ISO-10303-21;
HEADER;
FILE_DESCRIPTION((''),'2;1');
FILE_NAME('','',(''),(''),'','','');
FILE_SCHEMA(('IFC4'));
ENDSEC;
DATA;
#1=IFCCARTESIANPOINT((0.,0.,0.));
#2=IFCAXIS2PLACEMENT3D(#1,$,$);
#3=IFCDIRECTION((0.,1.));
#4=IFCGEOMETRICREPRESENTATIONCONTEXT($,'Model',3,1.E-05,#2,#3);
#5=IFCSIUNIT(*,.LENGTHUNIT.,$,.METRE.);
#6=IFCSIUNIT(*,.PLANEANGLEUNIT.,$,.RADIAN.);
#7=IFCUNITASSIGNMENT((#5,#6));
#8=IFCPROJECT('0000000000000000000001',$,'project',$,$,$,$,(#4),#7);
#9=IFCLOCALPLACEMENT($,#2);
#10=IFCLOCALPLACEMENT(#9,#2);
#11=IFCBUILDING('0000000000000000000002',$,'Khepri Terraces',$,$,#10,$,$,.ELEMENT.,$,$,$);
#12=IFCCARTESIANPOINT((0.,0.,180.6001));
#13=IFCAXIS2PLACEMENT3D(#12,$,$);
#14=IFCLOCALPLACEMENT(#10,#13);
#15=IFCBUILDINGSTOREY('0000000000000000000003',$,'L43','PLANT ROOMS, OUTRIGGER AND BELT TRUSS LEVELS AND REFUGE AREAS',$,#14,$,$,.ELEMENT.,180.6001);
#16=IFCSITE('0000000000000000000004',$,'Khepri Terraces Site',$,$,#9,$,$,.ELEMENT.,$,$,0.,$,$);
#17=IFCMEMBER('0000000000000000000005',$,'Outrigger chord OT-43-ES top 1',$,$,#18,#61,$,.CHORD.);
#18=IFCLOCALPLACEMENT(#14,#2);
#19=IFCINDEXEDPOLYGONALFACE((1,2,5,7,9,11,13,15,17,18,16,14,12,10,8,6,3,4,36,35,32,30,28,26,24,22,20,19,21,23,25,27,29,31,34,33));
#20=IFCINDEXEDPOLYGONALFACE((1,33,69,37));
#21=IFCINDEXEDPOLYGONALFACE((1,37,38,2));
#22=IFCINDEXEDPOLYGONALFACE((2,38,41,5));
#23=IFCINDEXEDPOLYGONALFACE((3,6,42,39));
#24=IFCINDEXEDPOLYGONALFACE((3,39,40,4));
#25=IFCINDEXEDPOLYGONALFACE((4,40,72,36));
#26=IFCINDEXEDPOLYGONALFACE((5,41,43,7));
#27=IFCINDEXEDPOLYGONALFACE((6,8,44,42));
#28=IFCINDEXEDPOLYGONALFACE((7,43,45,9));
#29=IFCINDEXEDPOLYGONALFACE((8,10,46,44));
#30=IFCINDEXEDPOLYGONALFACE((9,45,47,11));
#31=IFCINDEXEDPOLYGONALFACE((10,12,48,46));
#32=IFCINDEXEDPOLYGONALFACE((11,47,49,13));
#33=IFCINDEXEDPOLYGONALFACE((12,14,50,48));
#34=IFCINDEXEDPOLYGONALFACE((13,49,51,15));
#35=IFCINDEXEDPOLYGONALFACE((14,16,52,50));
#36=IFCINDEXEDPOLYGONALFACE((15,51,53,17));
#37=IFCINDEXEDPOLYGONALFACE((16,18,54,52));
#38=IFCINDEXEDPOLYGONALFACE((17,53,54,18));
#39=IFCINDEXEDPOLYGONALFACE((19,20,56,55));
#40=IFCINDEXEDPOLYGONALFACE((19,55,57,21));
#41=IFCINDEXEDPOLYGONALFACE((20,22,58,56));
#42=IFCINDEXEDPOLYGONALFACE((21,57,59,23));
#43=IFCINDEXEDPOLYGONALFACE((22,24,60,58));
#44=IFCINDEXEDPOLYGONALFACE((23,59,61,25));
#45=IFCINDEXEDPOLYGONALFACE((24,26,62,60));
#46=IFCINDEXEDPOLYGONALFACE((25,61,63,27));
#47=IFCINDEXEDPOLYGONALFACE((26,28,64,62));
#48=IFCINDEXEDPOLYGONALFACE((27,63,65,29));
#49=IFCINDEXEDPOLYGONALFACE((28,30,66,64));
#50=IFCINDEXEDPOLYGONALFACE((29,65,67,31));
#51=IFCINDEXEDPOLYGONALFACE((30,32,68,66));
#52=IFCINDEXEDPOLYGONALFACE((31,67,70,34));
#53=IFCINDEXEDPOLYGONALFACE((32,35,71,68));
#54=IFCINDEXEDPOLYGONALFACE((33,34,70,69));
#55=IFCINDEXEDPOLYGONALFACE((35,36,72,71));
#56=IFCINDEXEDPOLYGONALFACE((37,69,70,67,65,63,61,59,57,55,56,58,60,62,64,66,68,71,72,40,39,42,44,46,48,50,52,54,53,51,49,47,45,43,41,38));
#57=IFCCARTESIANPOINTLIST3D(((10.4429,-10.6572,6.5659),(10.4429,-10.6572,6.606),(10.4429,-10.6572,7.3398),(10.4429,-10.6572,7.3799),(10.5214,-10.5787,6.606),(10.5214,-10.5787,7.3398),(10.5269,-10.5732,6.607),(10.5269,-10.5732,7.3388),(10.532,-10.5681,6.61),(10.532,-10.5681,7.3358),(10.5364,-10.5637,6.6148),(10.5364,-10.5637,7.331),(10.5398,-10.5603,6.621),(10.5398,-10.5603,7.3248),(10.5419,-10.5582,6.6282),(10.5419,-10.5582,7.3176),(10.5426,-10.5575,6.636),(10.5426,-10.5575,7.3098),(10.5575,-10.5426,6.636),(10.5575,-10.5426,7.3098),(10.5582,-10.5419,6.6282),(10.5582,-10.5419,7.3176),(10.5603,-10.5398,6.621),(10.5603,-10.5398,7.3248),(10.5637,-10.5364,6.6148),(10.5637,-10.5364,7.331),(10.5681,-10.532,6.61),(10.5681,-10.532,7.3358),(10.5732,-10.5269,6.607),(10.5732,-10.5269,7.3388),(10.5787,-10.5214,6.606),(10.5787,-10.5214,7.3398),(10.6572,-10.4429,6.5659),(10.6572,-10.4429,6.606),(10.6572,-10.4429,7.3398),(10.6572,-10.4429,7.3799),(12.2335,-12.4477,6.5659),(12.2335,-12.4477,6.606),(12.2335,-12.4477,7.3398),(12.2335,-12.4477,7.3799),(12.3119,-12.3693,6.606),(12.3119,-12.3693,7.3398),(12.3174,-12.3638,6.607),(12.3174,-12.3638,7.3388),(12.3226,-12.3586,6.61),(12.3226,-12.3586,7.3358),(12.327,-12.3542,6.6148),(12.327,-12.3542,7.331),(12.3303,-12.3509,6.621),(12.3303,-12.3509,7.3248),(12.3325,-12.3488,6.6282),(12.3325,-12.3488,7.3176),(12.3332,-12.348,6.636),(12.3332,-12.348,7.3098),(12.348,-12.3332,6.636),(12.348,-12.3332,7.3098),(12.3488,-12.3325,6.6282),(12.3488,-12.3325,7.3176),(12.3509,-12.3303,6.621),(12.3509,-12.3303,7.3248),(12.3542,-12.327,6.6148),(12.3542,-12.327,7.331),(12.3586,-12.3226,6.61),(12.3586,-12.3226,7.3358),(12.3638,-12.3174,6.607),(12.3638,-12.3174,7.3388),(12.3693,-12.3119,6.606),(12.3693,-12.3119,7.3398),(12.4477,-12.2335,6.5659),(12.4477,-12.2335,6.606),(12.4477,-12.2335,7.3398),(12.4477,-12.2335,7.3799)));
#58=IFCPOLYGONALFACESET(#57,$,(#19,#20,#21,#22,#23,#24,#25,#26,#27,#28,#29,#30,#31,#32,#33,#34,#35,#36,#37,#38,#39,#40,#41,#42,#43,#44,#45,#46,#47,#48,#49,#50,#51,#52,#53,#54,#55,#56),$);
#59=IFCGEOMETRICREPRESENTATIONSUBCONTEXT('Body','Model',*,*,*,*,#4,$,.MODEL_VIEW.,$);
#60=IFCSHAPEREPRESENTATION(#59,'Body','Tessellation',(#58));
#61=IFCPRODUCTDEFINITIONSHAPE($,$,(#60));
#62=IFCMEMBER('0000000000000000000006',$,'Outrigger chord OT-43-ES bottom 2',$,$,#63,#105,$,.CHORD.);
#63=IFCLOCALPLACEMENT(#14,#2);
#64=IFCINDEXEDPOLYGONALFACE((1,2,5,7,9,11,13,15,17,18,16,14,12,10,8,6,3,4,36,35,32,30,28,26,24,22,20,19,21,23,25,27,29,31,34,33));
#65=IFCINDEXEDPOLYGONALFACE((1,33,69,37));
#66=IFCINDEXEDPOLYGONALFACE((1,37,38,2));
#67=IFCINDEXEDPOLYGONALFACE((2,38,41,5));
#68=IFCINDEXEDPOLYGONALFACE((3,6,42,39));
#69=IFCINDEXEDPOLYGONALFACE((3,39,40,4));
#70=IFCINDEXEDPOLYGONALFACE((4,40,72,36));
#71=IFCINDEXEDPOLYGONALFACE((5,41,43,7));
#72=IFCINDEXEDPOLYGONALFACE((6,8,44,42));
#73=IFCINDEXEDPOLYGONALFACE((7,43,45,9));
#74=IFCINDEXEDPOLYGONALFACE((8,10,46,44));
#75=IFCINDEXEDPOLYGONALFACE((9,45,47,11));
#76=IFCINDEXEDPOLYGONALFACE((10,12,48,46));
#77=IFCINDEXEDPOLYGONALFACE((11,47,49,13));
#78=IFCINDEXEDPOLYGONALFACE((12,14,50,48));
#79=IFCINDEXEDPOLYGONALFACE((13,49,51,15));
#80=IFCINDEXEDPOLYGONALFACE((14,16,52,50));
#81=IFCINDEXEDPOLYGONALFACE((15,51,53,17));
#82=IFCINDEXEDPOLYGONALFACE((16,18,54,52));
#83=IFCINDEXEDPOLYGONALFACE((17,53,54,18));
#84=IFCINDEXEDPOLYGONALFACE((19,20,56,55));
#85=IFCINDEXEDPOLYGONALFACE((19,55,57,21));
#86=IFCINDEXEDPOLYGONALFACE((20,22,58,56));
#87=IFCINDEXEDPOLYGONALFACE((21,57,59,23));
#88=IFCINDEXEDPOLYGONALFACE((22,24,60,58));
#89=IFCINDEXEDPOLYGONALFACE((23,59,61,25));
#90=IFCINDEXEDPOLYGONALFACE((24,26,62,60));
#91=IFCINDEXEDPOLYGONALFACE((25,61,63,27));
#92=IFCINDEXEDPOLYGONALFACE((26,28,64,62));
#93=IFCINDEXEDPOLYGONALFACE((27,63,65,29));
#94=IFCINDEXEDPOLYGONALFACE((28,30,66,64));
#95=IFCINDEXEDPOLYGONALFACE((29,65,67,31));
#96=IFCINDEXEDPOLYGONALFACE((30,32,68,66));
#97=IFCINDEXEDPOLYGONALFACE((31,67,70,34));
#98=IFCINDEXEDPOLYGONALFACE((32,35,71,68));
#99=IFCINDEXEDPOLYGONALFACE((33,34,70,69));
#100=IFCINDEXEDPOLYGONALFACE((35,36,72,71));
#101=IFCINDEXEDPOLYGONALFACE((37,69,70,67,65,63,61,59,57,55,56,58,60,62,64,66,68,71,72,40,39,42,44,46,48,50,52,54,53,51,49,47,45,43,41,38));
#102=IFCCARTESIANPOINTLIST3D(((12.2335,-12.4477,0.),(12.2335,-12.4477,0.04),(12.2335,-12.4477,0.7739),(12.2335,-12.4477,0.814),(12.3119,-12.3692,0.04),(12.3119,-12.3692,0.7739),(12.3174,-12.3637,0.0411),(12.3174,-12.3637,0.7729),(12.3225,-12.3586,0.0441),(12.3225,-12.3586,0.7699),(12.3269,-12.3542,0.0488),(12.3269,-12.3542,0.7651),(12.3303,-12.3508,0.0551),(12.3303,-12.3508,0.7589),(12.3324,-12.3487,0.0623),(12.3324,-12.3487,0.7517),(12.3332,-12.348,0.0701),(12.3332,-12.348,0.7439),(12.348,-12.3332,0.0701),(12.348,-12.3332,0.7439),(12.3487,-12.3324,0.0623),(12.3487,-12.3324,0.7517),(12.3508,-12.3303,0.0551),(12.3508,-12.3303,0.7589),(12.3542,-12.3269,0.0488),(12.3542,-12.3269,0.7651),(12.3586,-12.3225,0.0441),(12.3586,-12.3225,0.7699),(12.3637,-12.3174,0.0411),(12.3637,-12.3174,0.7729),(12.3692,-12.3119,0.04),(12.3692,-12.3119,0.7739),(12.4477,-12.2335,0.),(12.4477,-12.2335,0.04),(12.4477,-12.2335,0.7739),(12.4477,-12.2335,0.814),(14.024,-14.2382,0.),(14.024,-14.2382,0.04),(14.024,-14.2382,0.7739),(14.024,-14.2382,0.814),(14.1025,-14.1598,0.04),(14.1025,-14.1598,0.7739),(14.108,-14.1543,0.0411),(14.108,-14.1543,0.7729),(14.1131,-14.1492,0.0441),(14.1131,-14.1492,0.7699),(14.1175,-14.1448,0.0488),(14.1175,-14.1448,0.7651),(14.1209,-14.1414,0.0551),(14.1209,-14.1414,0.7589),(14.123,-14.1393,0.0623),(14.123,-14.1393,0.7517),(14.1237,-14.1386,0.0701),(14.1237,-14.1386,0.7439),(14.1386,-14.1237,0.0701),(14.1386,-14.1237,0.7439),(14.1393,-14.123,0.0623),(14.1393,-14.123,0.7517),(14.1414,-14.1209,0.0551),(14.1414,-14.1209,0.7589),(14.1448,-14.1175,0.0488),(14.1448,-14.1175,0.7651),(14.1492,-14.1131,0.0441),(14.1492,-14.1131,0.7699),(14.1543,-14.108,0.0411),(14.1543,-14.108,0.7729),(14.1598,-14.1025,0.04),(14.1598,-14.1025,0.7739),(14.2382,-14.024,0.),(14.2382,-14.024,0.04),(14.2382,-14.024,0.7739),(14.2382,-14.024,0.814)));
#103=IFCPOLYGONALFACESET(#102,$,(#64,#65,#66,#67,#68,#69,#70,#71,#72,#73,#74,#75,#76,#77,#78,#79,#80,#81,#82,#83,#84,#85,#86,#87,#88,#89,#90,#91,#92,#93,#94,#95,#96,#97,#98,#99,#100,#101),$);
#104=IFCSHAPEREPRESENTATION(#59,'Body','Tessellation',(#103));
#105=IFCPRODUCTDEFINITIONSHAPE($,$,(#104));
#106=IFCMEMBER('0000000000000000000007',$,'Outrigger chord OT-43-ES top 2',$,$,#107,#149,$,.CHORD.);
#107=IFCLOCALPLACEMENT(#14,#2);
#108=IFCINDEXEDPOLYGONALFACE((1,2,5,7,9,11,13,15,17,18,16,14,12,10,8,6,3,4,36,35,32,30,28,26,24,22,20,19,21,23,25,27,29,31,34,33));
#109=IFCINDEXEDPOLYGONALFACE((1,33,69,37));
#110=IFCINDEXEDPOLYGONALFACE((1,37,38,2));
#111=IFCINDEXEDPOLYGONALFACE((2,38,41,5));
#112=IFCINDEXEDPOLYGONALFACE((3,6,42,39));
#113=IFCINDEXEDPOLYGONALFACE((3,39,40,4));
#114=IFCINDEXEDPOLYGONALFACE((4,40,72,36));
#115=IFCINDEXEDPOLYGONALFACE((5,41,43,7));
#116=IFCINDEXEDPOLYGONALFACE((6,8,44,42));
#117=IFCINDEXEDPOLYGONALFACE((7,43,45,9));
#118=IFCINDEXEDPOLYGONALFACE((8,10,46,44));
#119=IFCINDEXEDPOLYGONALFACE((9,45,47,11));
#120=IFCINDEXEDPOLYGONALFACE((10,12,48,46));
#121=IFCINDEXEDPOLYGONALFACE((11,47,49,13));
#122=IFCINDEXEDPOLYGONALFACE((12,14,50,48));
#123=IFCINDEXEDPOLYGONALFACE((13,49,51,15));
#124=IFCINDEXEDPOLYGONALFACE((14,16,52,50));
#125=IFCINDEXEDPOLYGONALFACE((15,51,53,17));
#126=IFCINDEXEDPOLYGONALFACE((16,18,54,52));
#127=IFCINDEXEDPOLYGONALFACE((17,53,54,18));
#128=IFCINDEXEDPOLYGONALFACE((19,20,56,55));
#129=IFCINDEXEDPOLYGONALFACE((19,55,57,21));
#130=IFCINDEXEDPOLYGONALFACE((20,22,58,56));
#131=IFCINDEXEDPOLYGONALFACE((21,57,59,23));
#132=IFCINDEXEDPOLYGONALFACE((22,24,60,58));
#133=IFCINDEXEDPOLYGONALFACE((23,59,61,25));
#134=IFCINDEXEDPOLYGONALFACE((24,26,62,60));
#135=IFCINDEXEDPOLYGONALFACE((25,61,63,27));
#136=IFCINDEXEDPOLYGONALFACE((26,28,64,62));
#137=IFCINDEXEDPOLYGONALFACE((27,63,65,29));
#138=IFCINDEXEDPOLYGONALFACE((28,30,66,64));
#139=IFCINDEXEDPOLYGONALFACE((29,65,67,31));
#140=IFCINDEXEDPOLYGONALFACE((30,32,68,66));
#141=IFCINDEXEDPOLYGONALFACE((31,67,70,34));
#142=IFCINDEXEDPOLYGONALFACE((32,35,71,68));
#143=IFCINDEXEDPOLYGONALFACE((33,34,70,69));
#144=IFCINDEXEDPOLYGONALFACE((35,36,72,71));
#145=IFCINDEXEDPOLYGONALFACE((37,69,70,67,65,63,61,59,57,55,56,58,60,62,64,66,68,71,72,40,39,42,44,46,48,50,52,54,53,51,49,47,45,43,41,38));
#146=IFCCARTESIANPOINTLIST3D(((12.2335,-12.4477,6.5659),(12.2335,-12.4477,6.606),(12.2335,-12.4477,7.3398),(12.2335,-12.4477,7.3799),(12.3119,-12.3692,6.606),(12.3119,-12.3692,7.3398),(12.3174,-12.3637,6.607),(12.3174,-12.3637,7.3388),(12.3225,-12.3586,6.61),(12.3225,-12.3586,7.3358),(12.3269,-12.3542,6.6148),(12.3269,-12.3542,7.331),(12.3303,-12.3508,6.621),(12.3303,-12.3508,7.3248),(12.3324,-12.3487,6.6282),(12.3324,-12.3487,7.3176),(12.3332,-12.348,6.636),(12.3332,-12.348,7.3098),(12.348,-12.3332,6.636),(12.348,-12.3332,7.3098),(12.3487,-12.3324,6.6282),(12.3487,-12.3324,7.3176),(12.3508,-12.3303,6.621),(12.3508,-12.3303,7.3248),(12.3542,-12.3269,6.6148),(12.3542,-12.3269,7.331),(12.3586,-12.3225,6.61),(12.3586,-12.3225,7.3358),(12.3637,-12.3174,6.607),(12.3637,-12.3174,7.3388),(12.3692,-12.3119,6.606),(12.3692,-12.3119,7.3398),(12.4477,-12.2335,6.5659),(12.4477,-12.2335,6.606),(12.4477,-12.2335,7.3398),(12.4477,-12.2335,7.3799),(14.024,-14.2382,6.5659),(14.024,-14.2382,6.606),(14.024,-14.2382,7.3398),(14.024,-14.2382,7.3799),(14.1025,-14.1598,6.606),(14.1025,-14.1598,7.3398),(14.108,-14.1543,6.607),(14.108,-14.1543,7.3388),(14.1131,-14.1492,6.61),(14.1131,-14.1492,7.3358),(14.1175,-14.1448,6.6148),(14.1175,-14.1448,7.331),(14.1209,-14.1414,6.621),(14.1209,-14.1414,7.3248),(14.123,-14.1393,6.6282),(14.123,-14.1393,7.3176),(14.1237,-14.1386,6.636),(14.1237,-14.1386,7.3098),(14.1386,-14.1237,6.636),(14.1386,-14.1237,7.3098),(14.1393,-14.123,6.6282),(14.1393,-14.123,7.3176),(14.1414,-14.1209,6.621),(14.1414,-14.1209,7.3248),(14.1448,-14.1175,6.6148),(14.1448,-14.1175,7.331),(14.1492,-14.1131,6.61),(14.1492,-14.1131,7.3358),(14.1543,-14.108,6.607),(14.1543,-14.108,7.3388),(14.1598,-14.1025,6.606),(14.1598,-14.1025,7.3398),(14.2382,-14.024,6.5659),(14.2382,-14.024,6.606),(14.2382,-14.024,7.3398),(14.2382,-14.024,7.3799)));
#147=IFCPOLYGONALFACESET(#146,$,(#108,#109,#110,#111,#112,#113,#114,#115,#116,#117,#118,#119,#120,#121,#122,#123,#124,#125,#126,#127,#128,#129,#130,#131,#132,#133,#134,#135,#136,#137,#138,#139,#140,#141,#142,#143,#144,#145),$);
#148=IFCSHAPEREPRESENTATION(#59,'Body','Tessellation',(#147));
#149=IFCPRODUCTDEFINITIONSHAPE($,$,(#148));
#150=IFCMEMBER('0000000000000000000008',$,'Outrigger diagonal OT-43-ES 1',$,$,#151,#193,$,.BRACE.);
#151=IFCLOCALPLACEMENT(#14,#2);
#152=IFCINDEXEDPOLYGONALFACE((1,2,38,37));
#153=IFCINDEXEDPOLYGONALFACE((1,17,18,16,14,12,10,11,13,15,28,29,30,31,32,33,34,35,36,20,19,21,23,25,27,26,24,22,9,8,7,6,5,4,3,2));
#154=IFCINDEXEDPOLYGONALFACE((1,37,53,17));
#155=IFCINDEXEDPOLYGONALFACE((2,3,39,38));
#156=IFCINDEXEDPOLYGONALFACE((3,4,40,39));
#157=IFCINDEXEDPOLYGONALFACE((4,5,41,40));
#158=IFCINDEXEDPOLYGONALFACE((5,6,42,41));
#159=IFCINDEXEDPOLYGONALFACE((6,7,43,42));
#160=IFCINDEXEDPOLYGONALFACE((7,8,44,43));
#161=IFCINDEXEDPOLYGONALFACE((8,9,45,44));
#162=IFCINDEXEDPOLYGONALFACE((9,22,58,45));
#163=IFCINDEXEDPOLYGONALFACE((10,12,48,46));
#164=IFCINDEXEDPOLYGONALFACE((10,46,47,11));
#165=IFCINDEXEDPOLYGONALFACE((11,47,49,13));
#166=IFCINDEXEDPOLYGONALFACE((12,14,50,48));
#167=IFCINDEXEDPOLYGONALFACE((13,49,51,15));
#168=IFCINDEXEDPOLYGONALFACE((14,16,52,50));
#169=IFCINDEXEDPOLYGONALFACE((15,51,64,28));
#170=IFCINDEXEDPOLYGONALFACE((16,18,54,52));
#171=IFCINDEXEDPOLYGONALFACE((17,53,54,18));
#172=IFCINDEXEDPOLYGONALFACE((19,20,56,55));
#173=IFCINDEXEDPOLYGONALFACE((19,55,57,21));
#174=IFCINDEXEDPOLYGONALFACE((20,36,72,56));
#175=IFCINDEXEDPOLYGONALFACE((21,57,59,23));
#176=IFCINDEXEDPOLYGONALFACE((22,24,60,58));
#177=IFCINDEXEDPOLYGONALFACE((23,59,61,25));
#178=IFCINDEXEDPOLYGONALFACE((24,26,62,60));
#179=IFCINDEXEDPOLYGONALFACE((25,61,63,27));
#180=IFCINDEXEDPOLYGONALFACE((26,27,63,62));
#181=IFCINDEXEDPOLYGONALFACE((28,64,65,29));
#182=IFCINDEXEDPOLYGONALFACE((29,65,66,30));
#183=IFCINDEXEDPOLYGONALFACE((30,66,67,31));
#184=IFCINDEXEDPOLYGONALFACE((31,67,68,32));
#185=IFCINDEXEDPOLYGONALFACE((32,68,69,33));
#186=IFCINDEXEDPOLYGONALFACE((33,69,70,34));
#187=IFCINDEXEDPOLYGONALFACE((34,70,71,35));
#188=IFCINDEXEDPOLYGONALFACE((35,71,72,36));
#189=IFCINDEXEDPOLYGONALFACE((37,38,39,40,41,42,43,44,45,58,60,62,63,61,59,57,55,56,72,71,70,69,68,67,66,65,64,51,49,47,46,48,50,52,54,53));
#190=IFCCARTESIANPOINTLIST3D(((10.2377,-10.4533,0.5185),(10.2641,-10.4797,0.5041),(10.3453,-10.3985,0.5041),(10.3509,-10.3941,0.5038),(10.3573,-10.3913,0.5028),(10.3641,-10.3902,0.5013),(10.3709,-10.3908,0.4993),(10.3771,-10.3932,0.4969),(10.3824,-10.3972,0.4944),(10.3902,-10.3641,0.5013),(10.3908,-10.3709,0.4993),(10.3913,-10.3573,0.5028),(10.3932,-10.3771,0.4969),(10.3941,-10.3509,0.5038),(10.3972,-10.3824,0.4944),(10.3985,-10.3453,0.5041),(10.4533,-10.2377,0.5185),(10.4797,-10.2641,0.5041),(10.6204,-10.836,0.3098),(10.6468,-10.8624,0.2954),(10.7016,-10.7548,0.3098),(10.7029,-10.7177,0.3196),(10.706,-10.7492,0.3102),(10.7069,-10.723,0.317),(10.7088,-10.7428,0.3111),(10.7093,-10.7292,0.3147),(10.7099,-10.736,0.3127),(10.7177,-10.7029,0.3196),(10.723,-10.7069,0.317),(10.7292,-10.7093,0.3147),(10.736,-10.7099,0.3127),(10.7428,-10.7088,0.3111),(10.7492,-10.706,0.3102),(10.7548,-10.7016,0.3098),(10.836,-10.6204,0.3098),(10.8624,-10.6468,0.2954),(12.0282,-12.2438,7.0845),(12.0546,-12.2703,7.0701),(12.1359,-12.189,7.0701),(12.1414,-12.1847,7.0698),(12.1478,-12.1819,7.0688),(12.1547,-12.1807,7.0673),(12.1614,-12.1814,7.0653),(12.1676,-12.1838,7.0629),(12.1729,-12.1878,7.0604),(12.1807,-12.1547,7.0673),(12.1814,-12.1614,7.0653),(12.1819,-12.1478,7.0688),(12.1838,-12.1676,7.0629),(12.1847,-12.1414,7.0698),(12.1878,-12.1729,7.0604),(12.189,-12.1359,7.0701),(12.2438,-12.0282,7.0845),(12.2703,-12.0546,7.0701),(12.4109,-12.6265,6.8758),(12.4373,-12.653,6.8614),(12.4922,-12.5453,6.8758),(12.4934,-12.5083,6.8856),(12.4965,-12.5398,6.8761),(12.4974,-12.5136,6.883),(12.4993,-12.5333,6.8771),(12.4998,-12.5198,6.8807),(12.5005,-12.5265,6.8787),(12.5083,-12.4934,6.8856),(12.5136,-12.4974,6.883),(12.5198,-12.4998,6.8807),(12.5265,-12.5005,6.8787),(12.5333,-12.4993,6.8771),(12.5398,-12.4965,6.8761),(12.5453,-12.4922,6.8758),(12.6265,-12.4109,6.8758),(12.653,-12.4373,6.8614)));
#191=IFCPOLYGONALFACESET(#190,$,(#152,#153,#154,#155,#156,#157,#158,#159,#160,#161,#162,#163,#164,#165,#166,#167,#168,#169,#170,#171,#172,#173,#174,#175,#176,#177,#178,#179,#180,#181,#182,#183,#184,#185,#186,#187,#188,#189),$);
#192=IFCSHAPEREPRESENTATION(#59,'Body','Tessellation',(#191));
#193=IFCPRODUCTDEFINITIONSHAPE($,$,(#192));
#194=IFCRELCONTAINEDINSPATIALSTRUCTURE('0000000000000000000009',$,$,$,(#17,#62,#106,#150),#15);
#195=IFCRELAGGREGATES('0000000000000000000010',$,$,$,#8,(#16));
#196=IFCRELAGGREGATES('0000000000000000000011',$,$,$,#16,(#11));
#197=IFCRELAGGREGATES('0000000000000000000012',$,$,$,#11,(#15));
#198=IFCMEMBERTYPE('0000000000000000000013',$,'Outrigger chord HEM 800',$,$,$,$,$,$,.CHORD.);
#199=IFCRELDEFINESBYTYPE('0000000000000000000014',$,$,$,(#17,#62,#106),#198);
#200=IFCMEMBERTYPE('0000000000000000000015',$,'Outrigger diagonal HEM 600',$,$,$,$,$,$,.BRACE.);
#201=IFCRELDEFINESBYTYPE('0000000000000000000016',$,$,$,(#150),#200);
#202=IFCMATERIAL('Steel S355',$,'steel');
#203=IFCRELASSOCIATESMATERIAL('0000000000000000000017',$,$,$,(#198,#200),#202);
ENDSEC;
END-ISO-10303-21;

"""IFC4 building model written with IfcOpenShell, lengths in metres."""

from ifc_helpers import new_model, si_unit, direction, frame, origin, origin_2d, place, context, subcontext, project, spatial, i_section, extrude, material, material_profile, profile_set, type_object, element, save


model = new_model("IFC4")

# Units and contexts
model_context = context("Model", 3, precision=1e-05, world=origin(), true_north=direction((0.0, 1.0)))
body_context = subcontext(model_context, "Body", "Model", "MODEL_VIEW")
ifc_project = project(units=[si_unit("LENGTHUNIT", "METRE"), si_unit("PLANEANGLEUNIT", "RADIAN")], contexts=[model_context])

# Site, building, storey
site_placement = place(None, origin())
site = spatial("IfcSite", under=ifc_project, at=site_placement, Name="Khepri Terraces Site", CompositionType="ELEMENT", RefElevation=0.0)
building_placement = place(site_placement, origin())
building = spatial("IfcBuilding", under=site, at=building_placement, Name="Khepri Terraces", CompositionType="ELEMENT")
storey_placement = place(building_placement, frame((0.0, 0.0, 180.6001)))
storey = spatial("IfcBuildingStorey", under=building, at=storey_placement, Name="L43", Description="PLANT ROOMS, OUTRIGGER AND BELT TRUSS LEVELS AND REFUGE AREAS", CompositionType="ELEMENT", Elevation=180.6001)

# Members
ifc_material_1 = material(Name="Steel S355", Category="steel")
ifc_material_profile_1 = material_profile(ifc_material_1, i_section(OverallWidth=0.303, OverallDepth=0.814, WebThickness=0.021, FlangeThickness=0.04, FilletRadius=0.03, at=origin_2d()), Name="Steel S355", Category="steel")
ifc_profile_set_1 = profile_set([ifc_material_profile_1], Name="Steel S355")
member_type_1 = type_object("IfcMemberType", Name="Outrigger chord HEM 800", PredefinedType="CHORD", material=ifc_profile_set_1)
for number, where, z_axis, x_axis, name in (
    (1, (10.55, -10.55, 6.9729), (0.707107, -0.707107, 0.0), (0.707107, 0.707107, 0.0), "Outrigger chord OT-43-ES top 1"),
    (2, (12.3406, -12.3406, 0.407), (0.707107, -0.707107, 0.0), (0.707107, 0.707107, 0.0), "Outrigger chord OT-43-ES bottom 2"),
    (3, (12.3406, -12.3406, 6.9729), (0.707107, -0.707107, 0.0), (0.707107, 0.707107, 0.0), "Outrigger chord OT-43-ES top 2"),
):
    element("IfcMember", number, at=place(storey_placement, frame(where, z_axis=z_axis, x_axis=x_axis)), inside=storey, type_object=member_type_1, Name=name, PredefinedType="CHORD", context=body_context, shape_type="SweptSolid", body=[
        extrude(i_section(OverallWidth=0.303, OverallDepth=0.814, WebThickness=0.021, FlangeThickness=0.04, FilletRadius=0.03, at=origin_2d()), origin(), (0.0, 0.0, 1.0), 2.5322),
    ])
ifc_material_profile_2 = material_profile(ifc_material_1, i_section(OverallWidth=0.3049, OverallDepth=0.6201, WebThickness=0.021, FlangeThickness=0.04, FilletRadius=0.0271, at=origin_2d()), Name="Steel S355", Category="steel")
ifc_profile_set_2 = profile_set([ifc_material_profile_2], Name="Steel S355")
member_type_2 = type_object("IfcMemberType", Name="Outrigger diagonal HEM 600", PredefinedType="BRACE", material=ifc_profile_set_2)
for number, where, z_axis, x_axis, name in (
    (4, (10.55, -10.55, 0.407), (0.254435, -0.254435, 0.93302), (0.707107, 0.707107, 0.0), "Outrigger diagonal OT-43-ES 1"),
):
    element("IfcMember", number, at=place(storey_placement, frame(where, z_axis=z_axis, x_axis=x_axis)), inside=storey, type_object=member_type_2, Name=name, PredefinedType="BRACE", context=body_context, shape_type="SweptSolid", body=[
        extrude(i_section(OverallWidth=0.3049, OverallDepth=0.6201, WebThickness=0.021, FlangeThickness=0.04, FilletRadius=0.0271, at=origin_2d()), origin(), (0.0, 0.0, 1.0), 7.0374),
    ])

save(model, "model.ifc")
